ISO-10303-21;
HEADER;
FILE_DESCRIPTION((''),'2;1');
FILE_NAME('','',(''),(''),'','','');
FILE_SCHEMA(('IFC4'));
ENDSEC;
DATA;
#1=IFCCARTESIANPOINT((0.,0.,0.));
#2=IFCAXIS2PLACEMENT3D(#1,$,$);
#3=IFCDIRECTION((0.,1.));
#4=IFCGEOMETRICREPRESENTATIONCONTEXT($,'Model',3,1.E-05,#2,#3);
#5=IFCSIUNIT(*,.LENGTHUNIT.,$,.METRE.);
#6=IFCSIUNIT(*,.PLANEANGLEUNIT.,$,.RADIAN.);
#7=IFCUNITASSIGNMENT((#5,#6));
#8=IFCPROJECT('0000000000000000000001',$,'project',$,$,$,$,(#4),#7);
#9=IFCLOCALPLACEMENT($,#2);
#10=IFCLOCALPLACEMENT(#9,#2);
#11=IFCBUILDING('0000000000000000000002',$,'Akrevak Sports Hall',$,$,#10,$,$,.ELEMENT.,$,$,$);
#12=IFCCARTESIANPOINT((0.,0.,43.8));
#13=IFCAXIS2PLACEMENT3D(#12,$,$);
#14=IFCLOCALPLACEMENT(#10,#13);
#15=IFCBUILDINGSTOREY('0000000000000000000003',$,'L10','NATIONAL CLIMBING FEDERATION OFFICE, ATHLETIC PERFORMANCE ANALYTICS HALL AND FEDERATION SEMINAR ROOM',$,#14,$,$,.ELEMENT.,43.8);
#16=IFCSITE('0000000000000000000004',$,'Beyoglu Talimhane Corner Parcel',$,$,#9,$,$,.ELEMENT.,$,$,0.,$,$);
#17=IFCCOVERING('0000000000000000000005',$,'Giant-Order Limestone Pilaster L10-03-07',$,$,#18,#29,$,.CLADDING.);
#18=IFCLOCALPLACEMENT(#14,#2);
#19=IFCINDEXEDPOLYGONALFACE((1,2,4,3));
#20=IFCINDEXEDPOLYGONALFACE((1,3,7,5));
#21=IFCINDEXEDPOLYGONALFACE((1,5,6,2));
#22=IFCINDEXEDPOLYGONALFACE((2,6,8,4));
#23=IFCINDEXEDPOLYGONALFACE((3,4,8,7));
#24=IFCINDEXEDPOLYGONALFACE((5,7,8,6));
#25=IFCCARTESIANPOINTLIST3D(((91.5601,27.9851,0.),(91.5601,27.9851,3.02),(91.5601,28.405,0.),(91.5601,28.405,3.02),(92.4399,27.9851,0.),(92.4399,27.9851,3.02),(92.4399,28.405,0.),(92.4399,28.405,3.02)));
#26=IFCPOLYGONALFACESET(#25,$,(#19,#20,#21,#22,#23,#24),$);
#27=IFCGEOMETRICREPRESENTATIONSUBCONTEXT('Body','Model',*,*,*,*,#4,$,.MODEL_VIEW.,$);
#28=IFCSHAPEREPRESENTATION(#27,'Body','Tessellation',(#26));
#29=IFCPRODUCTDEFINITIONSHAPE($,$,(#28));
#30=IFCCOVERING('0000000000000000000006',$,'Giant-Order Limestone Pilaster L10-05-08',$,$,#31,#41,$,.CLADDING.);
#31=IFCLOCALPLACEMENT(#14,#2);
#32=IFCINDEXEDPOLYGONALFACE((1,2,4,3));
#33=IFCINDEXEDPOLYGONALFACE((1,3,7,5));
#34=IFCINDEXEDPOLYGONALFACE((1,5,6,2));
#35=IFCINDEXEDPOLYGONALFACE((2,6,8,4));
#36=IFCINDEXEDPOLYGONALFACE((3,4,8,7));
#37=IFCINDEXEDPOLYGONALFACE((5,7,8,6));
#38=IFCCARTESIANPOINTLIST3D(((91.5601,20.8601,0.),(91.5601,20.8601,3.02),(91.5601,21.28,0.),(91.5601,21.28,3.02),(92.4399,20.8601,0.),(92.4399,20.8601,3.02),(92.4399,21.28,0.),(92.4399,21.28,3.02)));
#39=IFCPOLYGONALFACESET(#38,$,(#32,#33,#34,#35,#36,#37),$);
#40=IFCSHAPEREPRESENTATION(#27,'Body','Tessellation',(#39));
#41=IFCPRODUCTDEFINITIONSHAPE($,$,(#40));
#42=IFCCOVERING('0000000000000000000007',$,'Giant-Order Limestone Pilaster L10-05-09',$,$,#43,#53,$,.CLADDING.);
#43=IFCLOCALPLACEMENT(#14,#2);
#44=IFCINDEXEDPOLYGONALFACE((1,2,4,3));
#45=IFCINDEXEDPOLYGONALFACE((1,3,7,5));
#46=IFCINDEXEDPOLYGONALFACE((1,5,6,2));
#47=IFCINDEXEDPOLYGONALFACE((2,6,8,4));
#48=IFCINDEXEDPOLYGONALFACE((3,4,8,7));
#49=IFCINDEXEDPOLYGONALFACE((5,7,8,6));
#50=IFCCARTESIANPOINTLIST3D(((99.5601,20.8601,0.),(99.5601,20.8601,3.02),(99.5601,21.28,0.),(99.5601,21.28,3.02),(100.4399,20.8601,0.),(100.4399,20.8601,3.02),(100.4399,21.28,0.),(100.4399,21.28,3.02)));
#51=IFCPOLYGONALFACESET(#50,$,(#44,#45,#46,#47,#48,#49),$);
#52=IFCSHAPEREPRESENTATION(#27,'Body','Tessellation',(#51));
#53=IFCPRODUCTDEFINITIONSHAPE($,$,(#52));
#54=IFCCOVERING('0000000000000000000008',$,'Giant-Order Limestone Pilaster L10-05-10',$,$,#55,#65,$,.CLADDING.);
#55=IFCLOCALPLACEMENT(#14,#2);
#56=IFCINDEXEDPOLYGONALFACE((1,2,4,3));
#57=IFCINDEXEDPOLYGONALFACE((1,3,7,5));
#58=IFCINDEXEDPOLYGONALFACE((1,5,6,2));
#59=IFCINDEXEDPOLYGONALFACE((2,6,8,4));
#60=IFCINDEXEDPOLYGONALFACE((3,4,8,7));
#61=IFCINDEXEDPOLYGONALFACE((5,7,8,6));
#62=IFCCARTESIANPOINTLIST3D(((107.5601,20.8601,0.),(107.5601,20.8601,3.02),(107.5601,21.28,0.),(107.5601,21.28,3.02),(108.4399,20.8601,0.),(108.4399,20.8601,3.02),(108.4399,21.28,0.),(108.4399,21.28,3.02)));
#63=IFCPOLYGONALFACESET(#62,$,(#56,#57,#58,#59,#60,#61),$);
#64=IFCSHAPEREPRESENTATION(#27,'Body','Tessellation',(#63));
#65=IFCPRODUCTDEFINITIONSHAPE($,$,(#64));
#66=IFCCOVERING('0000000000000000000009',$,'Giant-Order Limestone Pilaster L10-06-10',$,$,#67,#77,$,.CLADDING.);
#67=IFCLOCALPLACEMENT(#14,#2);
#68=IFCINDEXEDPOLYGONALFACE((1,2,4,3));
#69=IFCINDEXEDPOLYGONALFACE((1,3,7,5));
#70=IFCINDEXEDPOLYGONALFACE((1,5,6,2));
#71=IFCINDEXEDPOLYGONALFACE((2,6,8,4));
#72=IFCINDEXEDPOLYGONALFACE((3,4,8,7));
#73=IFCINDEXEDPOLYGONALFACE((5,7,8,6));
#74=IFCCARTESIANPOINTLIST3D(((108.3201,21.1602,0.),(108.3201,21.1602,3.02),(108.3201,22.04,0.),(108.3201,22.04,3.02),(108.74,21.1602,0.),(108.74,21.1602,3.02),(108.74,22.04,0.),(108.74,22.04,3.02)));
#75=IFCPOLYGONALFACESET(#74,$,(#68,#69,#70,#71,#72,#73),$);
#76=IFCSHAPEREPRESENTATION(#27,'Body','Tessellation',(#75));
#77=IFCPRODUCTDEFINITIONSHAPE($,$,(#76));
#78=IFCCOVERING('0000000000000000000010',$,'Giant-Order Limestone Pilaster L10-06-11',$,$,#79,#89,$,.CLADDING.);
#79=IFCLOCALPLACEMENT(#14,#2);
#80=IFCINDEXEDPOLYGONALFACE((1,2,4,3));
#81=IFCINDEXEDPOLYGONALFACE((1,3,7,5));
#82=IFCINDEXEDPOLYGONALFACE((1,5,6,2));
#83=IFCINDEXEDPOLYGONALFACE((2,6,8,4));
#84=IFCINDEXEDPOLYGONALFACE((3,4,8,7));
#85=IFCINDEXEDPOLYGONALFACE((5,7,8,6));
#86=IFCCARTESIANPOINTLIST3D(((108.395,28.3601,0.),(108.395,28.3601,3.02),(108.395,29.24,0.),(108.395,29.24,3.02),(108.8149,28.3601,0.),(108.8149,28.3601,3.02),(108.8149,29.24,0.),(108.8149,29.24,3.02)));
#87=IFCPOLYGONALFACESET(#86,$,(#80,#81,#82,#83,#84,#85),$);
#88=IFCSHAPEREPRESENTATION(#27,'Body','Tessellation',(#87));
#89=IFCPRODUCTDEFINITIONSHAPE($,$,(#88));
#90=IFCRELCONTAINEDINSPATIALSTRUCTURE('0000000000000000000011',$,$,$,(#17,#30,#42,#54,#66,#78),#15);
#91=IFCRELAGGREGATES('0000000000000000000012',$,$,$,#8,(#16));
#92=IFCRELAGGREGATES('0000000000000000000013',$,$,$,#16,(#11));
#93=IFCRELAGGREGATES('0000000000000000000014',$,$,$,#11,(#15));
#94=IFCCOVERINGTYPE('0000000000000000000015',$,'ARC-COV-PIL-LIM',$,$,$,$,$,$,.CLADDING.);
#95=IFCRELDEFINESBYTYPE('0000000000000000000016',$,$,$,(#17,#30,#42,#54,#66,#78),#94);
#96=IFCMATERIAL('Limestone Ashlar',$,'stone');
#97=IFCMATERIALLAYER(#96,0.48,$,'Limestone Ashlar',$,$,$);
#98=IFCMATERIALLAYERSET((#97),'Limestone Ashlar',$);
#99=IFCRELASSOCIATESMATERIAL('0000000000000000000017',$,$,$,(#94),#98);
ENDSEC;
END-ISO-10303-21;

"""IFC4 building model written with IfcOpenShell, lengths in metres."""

from ifc_helpers import new_model, si_unit, direction, frame, origin, origin_2d, place, context, subcontext, project, spatial, rectangle, extrude, material, layer, layer_set, type_object, element, save


model = new_model("IFC4")

# Units and contexts
model_context = context("Model", 3, precision=1e-05, world=origin(), true_north=direction((0.0, 1.0)))
body_context = subcontext(model_context, "Body", "Model", "MODEL_VIEW")
ifc_project = project(units=[si_unit("LENGTHUNIT", "METRE"), si_unit("PLANEANGLEUNIT", "RADIAN")], contexts=[model_context])

# Site, building, storey
site_placement = place(None, origin())
site = spatial("IfcSite", under=ifc_project, at=site_placement, Name="Beyoglu Talimhane Corner Parcel", CompositionType="ELEMENT", RefElevation=0.0)
building_placement = place(site_placement, origin())
building = spatial("IfcBuilding", under=site, at=building_placement, Name="Akrevak Sports Hall", CompositionType="ELEMENT")
storey_placement = place(building_placement, frame((0.0, 0.0, 43.8)))
storey = spatial("IfcBuildingStorey", under=building, at=storey_placement, Name="L10", Description="NATIONAL CLIMBING FEDERATION OFFICE, ATHLETIC PERFORMANCE ANALYTICS HALL AND FEDERATION SEMINAR ROOM", CompositionType="ELEMENT", Elevation=43.8)

# Shared definitions
ifc_material_1 = material(Name="Limestone Ashlar", Category="stone")

# Coverings
ifc_layer_1 = layer(ifc_material_1, 0.48, Name="Limestone Ashlar")
ifc_layer_set_1 = layer_set([ifc_layer_1], Name="Limestone Ashlar")
covering_type = type_object("IfcCoveringType", Name="ARC-COV-PIL-LIM", PredefinedType="CLADDING", material=ifc_layer_set_1)
for number, where, z_axis, x_axis, name in (
    (1, (92.0, 28.1951, 0.0), (0.0, 0.0, 1.0), (1.0, 0.0, 0.0), "Giant-Order Limestone Pilaster L10-03-07"),
    (2, (92.0, 21.0701, 0.0), (0.0, 0.0, 1.0), (1.0, 0.0, 0.0), "Giant-Order Limestone Pilaster L10-05-08"),
    (3, (100.0, 21.0701, 0.0), (0.0, 0.0, 1.0), (1.0, 0.0, 0.0), "Giant-Order Limestone Pilaster L10-05-09"),
    (4, (108.0, 21.0701, 0.0), (0.0, 0.0, 1.0), (1.0, 0.0, 0.0), "Giant-Order Limestone Pilaster L10-05-10"),
    (5, (108.53, 21.6001, 0.0), (0.0, 0.0, 1.0), (0.0, 1.0, 0.0), "Giant-Order Limestone Pilaster L10-06-10"),
    (6, (108.605, 28.8, 0.0), (0.0, 0.0, 1.0), (0.0, 1.0, 0.0), "Giant-Order Limestone Pilaster L10-06-11"),
):
    element("IfcCovering", number, at=place(storey_placement, frame(where, z_axis=z_axis, x_axis=x_axis)), inside=storey, type_object=covering_type, Name=name, PredefinedType="CLADDING", context=body_context, shape_type="SweptSolid", body=[
        extrude(rectangle(XDim=0.8799, YDim=0.4199, at=origin_2d()), origin(), (0.0, 0.0, 1.0), 3.02),
    ])

save(model, "model.ifc")
